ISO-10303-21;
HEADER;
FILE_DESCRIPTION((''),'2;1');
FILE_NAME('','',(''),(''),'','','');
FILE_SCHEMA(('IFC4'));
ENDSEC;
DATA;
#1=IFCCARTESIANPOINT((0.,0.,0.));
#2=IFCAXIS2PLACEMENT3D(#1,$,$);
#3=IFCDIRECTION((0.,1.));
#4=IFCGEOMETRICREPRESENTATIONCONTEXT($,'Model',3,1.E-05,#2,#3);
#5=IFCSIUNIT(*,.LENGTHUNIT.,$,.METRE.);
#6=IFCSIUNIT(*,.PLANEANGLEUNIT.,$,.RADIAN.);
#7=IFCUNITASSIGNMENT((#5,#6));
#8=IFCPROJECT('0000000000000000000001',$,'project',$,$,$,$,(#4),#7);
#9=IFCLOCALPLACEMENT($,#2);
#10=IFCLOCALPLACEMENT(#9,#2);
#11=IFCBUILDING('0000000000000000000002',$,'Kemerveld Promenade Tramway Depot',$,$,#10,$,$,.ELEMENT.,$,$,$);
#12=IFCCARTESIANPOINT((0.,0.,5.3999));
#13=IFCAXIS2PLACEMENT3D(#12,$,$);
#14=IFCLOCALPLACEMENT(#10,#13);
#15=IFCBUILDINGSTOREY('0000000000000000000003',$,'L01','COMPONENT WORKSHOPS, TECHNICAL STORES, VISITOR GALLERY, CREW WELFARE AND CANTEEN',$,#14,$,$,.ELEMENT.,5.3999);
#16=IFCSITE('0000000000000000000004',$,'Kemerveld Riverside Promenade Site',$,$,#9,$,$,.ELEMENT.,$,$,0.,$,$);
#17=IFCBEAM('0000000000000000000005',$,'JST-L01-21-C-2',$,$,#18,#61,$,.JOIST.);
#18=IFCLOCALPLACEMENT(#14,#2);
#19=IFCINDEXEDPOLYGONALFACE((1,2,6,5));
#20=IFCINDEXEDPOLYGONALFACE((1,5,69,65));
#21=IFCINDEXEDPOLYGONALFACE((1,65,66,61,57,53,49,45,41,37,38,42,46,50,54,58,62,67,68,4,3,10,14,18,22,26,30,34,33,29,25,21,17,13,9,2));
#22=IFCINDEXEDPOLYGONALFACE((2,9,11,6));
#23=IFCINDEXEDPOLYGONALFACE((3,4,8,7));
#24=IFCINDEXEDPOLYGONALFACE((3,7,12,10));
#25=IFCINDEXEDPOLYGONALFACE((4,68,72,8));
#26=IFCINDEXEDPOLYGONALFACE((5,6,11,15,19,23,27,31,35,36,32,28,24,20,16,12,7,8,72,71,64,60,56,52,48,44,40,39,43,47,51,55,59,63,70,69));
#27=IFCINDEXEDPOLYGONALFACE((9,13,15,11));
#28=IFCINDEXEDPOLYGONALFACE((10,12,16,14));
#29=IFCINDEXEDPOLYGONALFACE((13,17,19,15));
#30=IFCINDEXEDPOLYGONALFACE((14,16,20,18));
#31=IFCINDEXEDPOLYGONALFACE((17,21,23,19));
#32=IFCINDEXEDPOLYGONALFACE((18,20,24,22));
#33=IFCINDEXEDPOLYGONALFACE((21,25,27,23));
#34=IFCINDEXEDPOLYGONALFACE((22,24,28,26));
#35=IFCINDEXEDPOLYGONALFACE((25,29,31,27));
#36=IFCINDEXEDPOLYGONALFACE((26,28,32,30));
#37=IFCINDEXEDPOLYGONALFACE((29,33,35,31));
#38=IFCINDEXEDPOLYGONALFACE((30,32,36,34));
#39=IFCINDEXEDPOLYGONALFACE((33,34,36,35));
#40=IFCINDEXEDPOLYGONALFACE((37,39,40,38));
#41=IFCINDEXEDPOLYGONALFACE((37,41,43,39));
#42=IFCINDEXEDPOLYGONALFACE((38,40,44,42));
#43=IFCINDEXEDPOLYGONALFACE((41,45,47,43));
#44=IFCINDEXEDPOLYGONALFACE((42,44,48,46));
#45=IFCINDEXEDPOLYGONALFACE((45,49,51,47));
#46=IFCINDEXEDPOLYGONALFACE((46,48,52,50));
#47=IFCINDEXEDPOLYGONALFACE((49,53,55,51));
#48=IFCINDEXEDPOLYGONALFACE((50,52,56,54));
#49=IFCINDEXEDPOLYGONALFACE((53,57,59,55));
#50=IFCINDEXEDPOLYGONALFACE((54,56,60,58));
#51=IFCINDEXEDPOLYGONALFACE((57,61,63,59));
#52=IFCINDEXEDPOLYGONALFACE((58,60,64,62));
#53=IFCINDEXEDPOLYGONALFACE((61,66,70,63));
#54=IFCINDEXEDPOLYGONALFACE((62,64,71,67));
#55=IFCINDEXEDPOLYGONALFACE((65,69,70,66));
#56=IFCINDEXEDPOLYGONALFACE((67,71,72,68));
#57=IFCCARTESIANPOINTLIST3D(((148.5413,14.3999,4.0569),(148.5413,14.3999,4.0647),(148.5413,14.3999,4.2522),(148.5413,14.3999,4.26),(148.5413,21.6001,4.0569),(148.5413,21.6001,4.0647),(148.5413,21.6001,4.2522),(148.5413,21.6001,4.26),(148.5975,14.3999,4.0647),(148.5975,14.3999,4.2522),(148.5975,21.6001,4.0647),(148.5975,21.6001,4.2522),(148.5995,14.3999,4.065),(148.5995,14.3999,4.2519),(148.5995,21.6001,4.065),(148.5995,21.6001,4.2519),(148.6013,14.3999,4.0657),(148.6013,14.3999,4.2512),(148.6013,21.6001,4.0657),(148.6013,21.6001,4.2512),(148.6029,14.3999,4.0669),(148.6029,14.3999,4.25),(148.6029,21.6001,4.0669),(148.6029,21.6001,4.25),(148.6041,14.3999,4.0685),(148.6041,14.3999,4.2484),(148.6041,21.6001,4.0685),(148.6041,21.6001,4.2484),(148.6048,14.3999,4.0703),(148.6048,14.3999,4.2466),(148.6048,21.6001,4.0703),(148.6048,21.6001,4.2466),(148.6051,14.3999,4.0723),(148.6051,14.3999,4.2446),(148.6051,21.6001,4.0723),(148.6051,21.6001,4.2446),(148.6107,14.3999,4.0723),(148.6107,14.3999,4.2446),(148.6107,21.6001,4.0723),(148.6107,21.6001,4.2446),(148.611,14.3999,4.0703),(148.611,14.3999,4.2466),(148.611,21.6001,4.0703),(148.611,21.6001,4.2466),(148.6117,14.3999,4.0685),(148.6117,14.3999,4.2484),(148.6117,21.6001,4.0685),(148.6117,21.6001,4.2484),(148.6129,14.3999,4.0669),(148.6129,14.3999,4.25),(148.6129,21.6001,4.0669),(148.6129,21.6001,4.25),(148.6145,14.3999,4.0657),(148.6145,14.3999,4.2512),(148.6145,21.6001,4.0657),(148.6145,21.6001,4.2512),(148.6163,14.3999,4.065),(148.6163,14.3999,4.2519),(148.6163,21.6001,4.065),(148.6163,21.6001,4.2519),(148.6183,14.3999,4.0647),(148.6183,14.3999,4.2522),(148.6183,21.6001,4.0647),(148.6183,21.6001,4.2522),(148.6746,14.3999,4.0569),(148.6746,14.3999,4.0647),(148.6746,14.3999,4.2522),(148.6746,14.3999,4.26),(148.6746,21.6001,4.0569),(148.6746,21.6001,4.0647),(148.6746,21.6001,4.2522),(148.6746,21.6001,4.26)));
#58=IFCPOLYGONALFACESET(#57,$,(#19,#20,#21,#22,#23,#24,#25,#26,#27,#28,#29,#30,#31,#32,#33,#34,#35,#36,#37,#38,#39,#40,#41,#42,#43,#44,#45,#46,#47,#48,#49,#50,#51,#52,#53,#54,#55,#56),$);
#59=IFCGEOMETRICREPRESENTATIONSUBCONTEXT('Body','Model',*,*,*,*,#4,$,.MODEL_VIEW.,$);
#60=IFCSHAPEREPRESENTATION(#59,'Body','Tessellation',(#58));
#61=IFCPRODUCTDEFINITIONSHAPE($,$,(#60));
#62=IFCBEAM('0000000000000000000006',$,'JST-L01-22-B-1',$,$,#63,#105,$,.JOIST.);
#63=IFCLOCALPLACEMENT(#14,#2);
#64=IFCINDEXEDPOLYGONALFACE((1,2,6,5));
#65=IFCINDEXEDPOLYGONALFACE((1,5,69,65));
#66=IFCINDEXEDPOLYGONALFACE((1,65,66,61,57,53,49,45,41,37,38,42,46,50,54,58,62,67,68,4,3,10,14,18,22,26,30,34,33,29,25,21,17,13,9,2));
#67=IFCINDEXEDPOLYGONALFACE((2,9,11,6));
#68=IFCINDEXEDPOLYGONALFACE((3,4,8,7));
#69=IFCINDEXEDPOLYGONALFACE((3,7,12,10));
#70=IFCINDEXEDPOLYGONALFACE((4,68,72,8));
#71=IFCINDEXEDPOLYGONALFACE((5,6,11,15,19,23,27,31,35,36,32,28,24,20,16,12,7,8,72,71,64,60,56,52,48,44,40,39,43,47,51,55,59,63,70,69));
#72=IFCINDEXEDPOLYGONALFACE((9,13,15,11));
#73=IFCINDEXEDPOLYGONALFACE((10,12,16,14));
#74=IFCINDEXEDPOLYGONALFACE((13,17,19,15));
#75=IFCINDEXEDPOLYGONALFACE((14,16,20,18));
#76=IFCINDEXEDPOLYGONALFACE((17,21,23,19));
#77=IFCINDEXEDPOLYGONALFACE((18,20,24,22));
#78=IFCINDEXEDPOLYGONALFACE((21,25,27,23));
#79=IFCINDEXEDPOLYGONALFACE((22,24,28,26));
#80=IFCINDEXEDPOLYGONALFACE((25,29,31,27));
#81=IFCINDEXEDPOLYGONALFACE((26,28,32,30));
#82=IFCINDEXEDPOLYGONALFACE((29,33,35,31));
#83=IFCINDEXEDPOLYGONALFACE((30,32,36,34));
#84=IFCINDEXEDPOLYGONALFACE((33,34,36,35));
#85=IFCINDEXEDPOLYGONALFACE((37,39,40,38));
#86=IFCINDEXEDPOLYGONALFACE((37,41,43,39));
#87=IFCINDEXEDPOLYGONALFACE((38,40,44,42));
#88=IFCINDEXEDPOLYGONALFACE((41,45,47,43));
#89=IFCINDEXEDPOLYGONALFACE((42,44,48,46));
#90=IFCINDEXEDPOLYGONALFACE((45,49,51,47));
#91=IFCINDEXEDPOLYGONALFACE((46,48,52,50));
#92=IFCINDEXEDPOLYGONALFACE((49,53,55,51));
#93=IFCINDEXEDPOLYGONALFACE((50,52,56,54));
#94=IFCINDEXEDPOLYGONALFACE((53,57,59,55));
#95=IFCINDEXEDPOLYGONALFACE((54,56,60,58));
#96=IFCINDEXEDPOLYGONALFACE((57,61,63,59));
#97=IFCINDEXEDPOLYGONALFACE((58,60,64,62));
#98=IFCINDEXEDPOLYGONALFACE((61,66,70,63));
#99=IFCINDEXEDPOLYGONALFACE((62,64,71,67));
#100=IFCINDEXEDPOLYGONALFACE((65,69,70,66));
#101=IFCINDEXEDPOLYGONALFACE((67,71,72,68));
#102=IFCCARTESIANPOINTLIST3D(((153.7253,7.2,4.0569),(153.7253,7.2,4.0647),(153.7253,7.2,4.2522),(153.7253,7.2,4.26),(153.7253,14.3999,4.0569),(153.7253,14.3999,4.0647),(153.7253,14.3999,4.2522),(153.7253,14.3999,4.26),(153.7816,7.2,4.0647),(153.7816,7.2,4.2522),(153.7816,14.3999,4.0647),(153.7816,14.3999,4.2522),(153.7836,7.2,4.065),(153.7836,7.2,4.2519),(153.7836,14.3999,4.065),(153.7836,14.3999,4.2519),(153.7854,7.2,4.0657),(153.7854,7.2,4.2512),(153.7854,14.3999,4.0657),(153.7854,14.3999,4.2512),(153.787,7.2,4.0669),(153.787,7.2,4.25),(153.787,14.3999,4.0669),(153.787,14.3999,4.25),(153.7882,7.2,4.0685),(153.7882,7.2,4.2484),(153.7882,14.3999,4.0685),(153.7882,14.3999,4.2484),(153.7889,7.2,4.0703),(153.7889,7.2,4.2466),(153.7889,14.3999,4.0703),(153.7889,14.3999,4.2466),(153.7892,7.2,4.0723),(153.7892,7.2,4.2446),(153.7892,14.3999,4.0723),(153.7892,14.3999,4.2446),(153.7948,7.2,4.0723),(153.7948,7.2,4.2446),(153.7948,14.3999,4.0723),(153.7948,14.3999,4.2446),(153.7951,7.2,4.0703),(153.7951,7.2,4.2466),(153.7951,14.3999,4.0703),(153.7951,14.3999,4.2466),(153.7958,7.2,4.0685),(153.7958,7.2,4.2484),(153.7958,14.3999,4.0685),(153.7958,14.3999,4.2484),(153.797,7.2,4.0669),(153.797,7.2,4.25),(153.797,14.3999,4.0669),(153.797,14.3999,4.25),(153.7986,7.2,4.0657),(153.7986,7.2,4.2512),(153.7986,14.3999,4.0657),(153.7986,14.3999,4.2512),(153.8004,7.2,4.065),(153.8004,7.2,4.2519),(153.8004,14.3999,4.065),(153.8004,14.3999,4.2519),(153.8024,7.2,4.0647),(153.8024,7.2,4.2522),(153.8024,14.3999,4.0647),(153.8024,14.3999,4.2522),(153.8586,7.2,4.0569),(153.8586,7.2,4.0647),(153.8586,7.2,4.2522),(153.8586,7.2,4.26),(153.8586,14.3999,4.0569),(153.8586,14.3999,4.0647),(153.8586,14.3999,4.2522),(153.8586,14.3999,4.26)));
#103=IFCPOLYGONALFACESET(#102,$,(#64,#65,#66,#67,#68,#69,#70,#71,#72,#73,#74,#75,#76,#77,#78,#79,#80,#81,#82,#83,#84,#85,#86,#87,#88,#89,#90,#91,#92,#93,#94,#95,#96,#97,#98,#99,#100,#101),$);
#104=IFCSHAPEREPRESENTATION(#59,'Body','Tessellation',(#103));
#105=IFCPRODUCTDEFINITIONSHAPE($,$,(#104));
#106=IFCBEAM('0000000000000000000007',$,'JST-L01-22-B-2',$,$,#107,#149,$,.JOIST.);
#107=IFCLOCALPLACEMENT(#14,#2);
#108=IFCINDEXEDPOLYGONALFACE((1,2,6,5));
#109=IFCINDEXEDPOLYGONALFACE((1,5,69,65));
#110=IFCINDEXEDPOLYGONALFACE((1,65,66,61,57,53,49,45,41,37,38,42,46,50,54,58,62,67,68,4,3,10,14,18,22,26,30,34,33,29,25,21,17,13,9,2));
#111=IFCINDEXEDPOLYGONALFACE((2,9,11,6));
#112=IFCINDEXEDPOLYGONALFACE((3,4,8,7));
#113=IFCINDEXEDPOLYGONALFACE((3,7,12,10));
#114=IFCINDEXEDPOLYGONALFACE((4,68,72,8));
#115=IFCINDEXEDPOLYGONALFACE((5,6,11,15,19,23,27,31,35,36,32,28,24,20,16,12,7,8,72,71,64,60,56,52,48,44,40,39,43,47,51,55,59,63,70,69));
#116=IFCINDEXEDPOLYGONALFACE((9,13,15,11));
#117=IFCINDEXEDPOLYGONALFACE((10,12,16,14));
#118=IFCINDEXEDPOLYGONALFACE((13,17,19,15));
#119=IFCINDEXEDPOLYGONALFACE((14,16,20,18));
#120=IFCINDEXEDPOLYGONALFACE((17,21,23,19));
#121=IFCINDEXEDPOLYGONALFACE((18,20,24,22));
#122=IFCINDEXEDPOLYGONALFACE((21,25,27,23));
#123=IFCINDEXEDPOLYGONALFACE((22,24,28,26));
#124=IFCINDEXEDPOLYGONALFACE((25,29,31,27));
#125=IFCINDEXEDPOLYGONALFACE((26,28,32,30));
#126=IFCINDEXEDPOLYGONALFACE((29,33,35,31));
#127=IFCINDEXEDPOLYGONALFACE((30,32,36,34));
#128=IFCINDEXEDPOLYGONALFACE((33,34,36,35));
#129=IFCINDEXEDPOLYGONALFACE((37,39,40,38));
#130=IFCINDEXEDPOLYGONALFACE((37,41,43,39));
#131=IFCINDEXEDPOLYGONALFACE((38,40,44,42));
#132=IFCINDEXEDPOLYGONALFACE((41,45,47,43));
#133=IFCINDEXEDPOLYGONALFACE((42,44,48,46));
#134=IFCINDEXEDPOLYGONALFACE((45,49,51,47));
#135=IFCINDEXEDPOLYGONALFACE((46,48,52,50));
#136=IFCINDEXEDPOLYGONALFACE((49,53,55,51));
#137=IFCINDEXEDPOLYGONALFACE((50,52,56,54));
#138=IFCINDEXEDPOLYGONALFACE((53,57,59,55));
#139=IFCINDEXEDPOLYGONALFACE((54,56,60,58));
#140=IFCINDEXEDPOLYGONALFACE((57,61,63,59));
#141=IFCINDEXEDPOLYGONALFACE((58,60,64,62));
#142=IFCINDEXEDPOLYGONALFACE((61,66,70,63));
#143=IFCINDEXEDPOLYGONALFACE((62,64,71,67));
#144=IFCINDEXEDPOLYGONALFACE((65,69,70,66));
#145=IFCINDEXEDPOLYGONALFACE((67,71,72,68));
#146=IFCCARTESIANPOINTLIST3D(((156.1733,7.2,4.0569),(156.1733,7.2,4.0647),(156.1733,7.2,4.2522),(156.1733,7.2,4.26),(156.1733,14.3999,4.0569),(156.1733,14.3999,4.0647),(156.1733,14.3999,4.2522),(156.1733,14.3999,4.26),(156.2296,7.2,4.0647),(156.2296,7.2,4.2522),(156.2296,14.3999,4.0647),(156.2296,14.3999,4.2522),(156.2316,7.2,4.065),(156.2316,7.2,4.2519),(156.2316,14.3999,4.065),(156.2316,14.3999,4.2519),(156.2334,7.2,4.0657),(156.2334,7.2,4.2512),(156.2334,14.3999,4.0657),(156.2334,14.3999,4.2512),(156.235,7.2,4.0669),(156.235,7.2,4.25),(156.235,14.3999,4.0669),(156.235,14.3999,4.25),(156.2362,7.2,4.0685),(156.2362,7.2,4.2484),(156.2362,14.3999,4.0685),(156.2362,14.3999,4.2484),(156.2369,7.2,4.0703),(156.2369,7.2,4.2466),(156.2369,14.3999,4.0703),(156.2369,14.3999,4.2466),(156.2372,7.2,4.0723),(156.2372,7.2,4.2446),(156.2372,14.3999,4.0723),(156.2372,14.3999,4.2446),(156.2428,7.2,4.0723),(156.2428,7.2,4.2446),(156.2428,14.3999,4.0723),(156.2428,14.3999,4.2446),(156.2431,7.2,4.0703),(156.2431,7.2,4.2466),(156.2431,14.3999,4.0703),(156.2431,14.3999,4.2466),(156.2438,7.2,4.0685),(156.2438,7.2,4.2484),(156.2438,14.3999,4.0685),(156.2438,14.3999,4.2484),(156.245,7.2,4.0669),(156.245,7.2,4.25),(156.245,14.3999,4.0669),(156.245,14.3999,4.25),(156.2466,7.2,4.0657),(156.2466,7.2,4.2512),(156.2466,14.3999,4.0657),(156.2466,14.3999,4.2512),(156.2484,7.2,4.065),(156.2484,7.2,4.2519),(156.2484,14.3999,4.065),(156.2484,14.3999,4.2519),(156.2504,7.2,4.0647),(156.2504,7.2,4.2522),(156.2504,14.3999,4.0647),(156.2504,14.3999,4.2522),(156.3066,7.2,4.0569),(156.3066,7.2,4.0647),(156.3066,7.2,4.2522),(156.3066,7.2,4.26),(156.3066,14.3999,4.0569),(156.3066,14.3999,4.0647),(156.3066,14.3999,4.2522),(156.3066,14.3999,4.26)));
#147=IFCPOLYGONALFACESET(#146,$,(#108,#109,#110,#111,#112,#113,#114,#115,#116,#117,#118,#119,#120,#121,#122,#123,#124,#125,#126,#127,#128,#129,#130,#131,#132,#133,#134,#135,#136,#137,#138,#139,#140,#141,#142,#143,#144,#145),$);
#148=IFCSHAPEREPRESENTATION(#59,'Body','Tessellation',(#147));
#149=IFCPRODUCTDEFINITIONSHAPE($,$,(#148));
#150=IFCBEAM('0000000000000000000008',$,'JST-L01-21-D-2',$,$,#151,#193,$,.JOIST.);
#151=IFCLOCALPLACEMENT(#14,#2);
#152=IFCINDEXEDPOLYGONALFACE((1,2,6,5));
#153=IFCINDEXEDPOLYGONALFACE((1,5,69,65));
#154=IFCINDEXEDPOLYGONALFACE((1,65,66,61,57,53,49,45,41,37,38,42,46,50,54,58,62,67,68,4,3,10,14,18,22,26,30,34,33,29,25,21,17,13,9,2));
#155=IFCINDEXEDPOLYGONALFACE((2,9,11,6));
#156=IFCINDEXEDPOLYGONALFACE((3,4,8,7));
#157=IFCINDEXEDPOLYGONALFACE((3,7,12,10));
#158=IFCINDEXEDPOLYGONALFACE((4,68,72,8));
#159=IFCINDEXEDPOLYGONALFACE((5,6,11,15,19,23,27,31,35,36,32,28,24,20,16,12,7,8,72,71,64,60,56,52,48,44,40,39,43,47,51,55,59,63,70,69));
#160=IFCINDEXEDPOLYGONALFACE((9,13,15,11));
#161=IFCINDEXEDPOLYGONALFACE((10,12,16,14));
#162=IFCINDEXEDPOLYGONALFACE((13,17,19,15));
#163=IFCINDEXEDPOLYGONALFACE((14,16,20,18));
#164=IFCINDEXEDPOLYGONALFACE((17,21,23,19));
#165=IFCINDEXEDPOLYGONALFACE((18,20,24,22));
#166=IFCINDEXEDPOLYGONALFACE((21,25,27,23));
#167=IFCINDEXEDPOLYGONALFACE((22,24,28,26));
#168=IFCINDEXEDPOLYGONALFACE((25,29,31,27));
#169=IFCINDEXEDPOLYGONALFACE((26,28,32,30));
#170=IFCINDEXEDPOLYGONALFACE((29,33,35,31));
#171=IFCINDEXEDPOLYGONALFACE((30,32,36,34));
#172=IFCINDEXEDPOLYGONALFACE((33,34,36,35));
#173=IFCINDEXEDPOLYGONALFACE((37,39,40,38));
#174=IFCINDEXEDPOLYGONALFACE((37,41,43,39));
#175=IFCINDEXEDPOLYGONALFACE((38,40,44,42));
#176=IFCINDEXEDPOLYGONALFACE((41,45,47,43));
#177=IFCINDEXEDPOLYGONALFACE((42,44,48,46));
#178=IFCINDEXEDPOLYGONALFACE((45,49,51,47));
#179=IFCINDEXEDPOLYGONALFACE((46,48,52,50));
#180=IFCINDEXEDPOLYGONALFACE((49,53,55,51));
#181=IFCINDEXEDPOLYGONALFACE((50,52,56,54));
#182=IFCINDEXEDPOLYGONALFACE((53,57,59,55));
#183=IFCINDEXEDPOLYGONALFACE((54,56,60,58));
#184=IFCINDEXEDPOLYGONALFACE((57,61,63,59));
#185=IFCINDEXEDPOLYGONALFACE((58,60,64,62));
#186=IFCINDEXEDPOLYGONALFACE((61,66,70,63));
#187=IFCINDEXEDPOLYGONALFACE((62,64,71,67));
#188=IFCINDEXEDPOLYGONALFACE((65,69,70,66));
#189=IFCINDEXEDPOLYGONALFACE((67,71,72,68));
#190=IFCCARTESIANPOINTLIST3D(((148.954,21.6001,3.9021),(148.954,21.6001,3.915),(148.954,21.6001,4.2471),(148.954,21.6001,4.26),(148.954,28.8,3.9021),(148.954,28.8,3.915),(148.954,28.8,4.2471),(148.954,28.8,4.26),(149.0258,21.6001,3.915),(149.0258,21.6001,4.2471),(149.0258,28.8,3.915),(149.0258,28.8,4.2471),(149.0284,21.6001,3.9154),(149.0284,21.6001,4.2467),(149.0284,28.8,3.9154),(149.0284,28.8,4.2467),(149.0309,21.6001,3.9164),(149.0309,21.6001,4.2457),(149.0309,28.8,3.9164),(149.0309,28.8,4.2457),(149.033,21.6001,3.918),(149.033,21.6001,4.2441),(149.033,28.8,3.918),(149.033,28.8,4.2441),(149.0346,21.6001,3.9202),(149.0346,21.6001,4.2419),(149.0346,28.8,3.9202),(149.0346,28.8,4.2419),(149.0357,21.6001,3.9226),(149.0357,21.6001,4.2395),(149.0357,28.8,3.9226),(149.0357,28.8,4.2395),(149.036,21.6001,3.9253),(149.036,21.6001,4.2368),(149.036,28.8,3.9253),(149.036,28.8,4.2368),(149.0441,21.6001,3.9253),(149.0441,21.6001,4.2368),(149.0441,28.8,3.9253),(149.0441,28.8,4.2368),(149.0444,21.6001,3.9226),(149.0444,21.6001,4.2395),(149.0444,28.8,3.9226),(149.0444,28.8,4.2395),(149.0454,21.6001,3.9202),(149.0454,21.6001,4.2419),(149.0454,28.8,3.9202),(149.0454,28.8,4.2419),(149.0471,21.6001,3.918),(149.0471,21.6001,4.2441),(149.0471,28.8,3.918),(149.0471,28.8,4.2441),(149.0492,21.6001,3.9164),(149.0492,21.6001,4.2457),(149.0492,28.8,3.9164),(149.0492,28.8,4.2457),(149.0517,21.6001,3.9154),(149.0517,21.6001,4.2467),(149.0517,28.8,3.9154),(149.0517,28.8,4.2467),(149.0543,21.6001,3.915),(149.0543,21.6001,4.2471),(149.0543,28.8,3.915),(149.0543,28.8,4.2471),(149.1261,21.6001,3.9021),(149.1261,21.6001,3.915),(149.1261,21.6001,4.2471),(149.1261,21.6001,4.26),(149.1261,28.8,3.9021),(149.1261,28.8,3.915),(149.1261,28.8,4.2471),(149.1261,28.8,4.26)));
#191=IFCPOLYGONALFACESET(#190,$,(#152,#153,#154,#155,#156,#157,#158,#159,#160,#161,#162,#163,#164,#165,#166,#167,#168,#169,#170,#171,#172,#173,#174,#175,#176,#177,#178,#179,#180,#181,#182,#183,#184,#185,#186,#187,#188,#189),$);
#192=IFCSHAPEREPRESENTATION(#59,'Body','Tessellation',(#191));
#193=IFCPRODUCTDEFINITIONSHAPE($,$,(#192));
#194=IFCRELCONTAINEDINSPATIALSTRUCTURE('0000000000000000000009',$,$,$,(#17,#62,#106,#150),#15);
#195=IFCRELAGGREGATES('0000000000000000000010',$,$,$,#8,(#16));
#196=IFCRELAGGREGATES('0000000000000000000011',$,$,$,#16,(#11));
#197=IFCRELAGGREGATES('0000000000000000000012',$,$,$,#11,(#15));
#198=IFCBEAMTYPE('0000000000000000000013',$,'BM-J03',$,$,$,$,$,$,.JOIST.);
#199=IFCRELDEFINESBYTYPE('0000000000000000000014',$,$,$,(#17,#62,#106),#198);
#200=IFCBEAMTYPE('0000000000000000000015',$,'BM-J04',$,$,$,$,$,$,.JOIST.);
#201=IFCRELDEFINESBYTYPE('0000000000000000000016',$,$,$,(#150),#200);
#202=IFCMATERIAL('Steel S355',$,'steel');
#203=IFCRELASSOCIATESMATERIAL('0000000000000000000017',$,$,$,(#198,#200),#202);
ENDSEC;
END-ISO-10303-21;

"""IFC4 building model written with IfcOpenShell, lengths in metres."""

from ifc_helpers import new_model, si_unit, direction, frame, origin, origin_2d, place, context, subcontext, project, spatial, i_section, extrude, material, material_profile, profile_set, type_object, element, save


model = new_model("IFC4")

# Units and contexts
model_context = context("Model", 3, precision=1e-05, world=origin(), true_north=direction((0.0, 1.0)))
body_context = subcontext(model_context, "Body", "Model", "MODEL_VIEW")
ifc_project = project(units=[si_unit("LENGTHUNIT", "METRE"), si_unit("PLANEANGLEUNIT", "RADIAN")], contexts=[model_context])

# Site, building, storey
site_placement = place(None, origin())
site = spatial("IfcSite", under=ifc_project, at=site_placement, Name="Kemerveld Riverside Promenade Site", CompositionType="ELEMENT", RefElevation=0.0)
building_placement = place(site_placement, origin())
building = spatial("IfcBuilding", under=site, at=building_placement, Name="Kemerveld Promenade Tramway Depot", CompositionType="ELEMENT")
storey_placement = place(building_placement, frame((0.0, 0.0, 5.3999)))
storey = spatial("IfcBuildingStorey", under=building, at=storey_placement, Name="L01", Description="COMPONENT WORKSHOPS, TECHNICAL STORES, VISITOR GALLERY, CREW WELFARE AND CANTEEN", CompositionType="ELEMENT", Elevation=5.3999)

# Shared definitions
ifc_material_1 = material(Name="Steel S355", Category="steel")

# Beams
ifc_material_profile_1 = material_profile(ifc_material_1, i_section(OverallWidth=0.1333, OverallDepth=0.2031, WebThickness=0.0056, FlangeThickness=0.0078, FilletRadius=0.0076, at=origin_2d()), Name="203x133x25 UB")
ifc_profile_set_1 = profile_set([ifc_material_profile_1], Name="Steel S355")
beam_type_1 = type_object("IfcBeamType", Name="BM-J03", PredefinedType="JOIST", material=ifc_profile_set_1)
beam_1_placement = place(storey_placement, frame((148.6079, 14.3999, 4.1584), z_axis=(0.0, 1.0, 0.0), x_axis=(-1.0, 0.0, 0.0)))
element("IfcBeam", 1, at=beam_1_placement, inside=storey, type_object=beam_type_1, Name="JST-L01-21-C-2", PredefinedType="JOIST", context=body_context, shape_type="SweptSolid", body=[
    extrude(i_section(OverallWidth=0.1333, OverallDepth=0.2031, WebThickness=0.0056, FlangeThickness=0.0078, FilletRadius=0.0076, at=origin_2d()), origin(), (0.0, 0.0, 1.0), 7.2002),
])
for number, where, z_axis, x_axis, name in (
    (2, (153.792, 7.2, 4.1584), (0.0, 1.0, 0.0), (-1.0, 0.0, 0.0), "JST-L01-22-B-1"),
    (3, (156.24, 7.2, 4.1584), (0.0, 1.0, 0.0), (-1.0, 0.0, 0.0), "JST-L01-22-B-2"),
):
    element("IfcBeam", number, at=place(storey_placement, frame(where, z_axis=z_axis, x_axis=x_axis)), inside=storey, type_object=beam_type_1, Name=name, PredefinedType="JOIST", context=body_context, shape_type="SweptSolid", body=[
        extrude(i_section(OverallWidth=0.1333, OverallDepth=0.2031, WebThickness=0.0056, FlangeThickness=0.0078, FilletRadius=0.0076, at=origin_2d()), origin(), (0.0, 0.0, 1.0), 7.2),
    ])
ifc_material_profile_2 = material_profile(ifc_material_1, i_section(OverallWidth=0.1721, OverallDepth=0.3579, WebThickness=0.0081, FlangeThickness=0.0129, FilletRadius=0.0103, at=origin_2d()), Name="356x171x57 UB")
ifc_profile_set_2 = profile_set([ifc_material_profile_2], Name="Steel S355")
beam_type_2 = type_object("IfcBeamType", Name="BM-J04", PredefinedType="JOIST", material=ifc_profile_set_2)
beam_2_placement = place(storey_placement, frame((149.04, 21.6001, 4.0811), z_axis=(0.0, 1.0, 0.0), x_axis=(-1.0, 0.0, 0.0)))
element("IfcBeam", 4, at=beam_2_placement, inside=storey, type_object=beam_type_2, Name="JST-L01-21-D-2", PredefinedType="JOIST", context=body_context, shape_type="SweptSolid", body=[
    extrude(i_section(OverallWidth=0.1721, OverallDepth=0.3579, WebThickness=0.0081, FlangeThickness=0.0129, FilletRadius=0.0103, at=origin_2d()), origin(), (0.0, 0.0, 1.0), 7.2),
])

save(model, "model.ifc")
